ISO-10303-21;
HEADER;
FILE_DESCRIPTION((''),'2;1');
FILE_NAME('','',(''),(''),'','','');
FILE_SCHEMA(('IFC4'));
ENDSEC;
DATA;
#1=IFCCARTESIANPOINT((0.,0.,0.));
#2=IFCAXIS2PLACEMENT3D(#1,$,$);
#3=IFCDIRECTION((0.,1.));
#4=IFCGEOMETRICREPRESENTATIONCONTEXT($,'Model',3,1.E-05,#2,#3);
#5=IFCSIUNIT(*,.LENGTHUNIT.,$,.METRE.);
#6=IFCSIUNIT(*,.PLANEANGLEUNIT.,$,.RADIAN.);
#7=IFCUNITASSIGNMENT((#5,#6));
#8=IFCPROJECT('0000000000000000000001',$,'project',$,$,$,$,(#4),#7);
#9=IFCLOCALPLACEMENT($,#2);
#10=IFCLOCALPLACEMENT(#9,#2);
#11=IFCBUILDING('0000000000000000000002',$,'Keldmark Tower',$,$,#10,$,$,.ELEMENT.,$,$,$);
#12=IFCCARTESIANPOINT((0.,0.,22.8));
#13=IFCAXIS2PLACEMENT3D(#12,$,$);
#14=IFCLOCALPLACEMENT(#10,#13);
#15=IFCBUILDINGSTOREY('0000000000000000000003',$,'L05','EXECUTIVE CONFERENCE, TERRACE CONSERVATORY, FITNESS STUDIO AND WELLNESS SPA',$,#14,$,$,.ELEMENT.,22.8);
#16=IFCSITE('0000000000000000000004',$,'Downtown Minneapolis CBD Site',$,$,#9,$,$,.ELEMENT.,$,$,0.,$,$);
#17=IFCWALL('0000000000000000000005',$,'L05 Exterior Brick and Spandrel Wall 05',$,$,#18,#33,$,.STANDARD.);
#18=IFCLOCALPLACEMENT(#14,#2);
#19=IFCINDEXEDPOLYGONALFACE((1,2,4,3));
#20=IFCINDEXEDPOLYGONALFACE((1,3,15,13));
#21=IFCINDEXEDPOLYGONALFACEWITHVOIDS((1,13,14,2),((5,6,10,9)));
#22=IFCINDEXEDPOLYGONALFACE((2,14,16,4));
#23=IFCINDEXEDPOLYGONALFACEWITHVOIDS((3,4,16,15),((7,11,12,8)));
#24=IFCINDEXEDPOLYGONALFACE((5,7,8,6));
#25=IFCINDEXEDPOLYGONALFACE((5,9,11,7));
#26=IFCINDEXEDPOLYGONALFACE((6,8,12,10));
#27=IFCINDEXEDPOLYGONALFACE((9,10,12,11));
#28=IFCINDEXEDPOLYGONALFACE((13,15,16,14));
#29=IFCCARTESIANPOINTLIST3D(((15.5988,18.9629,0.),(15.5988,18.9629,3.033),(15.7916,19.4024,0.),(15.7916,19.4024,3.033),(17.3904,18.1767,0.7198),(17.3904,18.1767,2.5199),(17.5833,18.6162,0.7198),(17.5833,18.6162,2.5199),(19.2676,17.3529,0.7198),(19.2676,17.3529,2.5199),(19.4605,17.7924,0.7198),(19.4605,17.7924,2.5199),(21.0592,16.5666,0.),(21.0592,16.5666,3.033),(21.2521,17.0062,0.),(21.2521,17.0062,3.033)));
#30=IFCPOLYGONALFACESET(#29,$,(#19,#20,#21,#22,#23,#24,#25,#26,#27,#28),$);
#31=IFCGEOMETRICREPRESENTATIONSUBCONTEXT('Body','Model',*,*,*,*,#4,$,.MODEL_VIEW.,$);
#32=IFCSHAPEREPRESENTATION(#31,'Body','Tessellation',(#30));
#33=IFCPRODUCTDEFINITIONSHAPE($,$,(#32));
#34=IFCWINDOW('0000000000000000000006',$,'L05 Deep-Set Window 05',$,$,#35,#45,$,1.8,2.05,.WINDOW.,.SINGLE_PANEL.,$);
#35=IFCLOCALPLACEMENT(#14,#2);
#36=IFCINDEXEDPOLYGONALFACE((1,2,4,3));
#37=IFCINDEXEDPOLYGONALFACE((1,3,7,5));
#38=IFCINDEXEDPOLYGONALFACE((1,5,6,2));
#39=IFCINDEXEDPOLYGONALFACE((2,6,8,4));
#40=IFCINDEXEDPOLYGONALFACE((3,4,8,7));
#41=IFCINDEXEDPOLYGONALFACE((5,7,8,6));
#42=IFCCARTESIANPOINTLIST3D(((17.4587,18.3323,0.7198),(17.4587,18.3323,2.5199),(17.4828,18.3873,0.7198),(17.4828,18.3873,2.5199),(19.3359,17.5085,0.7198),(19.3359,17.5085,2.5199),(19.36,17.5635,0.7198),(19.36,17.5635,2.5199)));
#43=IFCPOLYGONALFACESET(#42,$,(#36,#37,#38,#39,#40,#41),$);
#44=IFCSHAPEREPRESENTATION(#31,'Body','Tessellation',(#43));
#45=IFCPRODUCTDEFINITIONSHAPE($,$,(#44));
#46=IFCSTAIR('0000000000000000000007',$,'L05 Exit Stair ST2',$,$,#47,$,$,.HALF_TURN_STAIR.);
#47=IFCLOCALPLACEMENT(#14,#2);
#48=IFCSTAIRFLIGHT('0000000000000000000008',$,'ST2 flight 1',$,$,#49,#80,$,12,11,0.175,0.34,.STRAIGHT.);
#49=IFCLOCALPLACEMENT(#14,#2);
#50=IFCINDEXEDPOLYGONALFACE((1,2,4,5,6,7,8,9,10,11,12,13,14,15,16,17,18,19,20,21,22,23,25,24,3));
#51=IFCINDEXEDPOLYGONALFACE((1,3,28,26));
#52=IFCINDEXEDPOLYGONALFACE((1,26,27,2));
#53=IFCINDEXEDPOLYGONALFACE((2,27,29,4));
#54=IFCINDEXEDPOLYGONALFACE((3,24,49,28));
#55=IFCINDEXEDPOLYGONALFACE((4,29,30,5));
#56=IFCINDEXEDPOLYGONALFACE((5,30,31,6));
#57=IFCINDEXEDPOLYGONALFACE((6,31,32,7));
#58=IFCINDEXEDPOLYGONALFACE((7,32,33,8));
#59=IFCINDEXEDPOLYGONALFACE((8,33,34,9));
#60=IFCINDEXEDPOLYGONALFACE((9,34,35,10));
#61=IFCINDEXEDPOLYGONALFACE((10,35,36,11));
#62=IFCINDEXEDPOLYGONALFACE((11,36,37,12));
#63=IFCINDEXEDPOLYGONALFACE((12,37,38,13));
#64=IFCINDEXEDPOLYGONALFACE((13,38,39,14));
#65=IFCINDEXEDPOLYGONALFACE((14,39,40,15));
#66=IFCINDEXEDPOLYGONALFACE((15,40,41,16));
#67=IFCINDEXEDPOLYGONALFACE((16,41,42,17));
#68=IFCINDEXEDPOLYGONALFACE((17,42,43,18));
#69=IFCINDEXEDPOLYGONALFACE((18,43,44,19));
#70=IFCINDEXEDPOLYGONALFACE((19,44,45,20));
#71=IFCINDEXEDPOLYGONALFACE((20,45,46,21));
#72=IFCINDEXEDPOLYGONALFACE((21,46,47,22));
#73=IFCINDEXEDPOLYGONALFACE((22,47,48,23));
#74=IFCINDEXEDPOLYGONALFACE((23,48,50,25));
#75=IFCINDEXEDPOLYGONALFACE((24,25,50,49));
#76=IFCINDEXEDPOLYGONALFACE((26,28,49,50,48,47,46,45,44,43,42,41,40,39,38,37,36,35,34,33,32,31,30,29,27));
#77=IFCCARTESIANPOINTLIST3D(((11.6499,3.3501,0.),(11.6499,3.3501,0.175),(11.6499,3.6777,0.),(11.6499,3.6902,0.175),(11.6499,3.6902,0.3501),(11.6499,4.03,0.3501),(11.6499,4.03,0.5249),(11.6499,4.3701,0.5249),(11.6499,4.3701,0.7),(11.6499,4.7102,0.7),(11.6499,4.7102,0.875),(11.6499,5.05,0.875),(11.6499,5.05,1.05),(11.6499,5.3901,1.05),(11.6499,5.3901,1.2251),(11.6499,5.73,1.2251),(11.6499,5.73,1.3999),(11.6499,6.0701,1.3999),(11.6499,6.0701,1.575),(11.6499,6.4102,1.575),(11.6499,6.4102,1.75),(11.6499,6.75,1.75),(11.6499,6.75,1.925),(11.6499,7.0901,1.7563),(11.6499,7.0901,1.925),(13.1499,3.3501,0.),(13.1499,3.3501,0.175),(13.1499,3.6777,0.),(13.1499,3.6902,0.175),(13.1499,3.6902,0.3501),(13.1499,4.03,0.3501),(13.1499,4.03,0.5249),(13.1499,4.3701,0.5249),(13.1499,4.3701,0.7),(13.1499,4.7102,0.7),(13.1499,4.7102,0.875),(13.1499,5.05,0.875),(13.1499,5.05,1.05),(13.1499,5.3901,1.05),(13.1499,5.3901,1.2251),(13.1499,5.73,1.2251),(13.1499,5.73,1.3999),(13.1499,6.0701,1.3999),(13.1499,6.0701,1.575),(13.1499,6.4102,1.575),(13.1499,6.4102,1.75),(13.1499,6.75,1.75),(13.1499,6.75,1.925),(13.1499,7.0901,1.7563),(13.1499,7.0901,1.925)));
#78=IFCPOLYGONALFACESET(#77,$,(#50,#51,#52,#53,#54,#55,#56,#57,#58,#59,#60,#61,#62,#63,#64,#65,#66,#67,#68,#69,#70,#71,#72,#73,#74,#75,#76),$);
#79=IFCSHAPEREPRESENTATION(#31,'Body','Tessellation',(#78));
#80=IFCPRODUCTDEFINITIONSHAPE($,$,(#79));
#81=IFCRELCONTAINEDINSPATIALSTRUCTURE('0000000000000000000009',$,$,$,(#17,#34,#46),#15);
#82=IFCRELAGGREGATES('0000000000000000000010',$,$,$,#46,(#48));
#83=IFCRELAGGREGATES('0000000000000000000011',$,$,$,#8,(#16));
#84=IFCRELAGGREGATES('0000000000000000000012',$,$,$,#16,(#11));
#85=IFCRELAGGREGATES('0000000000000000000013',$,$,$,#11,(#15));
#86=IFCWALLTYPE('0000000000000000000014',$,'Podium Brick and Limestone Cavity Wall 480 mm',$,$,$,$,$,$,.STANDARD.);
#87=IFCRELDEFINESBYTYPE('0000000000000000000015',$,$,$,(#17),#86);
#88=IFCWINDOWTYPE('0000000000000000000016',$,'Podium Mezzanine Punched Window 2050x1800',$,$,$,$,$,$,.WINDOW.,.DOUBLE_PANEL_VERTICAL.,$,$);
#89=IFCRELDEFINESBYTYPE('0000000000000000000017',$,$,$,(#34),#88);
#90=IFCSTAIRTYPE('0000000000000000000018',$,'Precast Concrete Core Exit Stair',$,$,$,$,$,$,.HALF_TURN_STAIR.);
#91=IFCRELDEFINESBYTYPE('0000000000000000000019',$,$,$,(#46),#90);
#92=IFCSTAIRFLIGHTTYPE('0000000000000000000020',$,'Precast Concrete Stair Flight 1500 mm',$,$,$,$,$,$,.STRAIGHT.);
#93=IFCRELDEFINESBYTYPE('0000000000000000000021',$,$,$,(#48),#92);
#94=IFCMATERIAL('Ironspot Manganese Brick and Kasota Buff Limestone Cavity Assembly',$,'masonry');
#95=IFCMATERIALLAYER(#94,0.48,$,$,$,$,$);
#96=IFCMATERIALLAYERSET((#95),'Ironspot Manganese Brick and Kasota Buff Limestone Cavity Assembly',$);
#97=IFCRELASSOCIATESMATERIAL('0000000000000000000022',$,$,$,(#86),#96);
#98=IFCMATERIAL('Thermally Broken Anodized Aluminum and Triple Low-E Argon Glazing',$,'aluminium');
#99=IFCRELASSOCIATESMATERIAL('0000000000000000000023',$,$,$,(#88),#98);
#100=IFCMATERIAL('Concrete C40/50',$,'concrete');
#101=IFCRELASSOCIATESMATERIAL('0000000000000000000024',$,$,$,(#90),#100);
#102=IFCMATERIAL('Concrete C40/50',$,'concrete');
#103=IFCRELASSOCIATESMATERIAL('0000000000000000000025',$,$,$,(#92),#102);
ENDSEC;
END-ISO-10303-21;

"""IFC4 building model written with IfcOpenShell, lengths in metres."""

from ifc_helpers import new_model, si_unit, direction, frame, frame_2d, origin, place, context, subcontext, project, spatial, polyline, rectangle, outline, extrude, material, layer, layer_set, type_object, element, fill, aggregate, save


model = new_model("IFC4")

# Units and contexts
model_context = context("Model", 3, precision=1e-05, world=origin(), true_north=direction((0.0, 1.0)))
body_context = subcontext(model_context, "Body", "Model", "MODEL_VIEW")
ifc_project = project(units=[si_unit("LENGTHUNIT", "METRE"), si_unit("PLANEANGLEUNIT", "RADIAN")], contexts=[model_context])

# Site, building, storey
site_placement = place(None, origin())
site = spatial("IfcSite", under=ifc_project, at=site_placement, Name="Downtown Minneapolis CBD Site", CompositionType="ELEMENT", RefElevation=0.0)
building_placement = place(site_placement, origin())
building = spatial("IfcBuilding", under=site, at=building_placement, Name="Keldmark Tower", CompositionType="ELEMENT")
storey_placement = place(building_placement, frame((0.0, 0.0, 22.8)))
storey = spatial("IfcBuildingStorey", under=building, at=storey_placement, Name="L05", Description="EXECUTIVE CONFERENCE, TERRACE CONSERVATORY, FITNESS STUDIO AND WELLNESS SPA", CompositionType="ELEMENT", Elevation=22.8)

# Wall, opening, window
ifc_material_1 = material(Name="Ironspot Manganese Brick and Kasota Buff Limestone Cavity Assembly", Category="masonry")
ifc_layer_1 = layer(ifc_material_1, 0.48)
ifc_layer_set_1 = layer_set([ifc_layer_1], Name="Ironspot Manganese Brick and Kasota Buff Limestone Cavity Assembly")
wall_type_1 = type_object("IfcWallType", Name="Podium Brick and Limestone Cavity Wall 480 mm", PredefinedType="STANDARD", material=ifc_layer_set_1)
wall_1_placement = place(storey_placement, frame((15.6953, 19.1826, 0.0), z_axis=(0.0, 0.0, 1.0), x_axis=(0.915708, -0.401845, 0.0)))
wall_1 = element("IfcWall", 1, at=wall_1_placement, inside=storey, type_object=wall_type_1, Name="L05 Exterior Brick and Spandrel Wall 05", PredefinedType="STANDARD", context=body_context, shape_type="SweptSolid", body=[
    extrude(rectangle(XDim=5.9631, YDim=0.48, at=frame_2d((2.9814, 0.0))), origin(), (0.0, 0.0, 1.0), 3.033),
])
opening_1_placement = place(wall_1_placement, frame((1.9565, 0.0, 0.72)))
opening_1 = element("IfcOpeningElement", 2, at=opening_1_placement, cuts=wall_1, PredefinedType="OPENING", context=body_context, shape_type="SweptSolid", body=[
    extrude(rectangle(XDim=2.05, YDim=1.8, at=frame_2d((1.0249, 0.8999))), frame((0.0, 0.25, 0.0), z_axis=(0.0, -1.0, 0.0), x_axis=(1.0, 0.0, 0.0)), (0.0, 0.0, 1.0), 0.5),
])
ifc_material_2 = material(Name="Thermally Broken Anodized Aluminum and Triple Low-E Argon Glazing", Category="aluminium")
window_type = type_object("IfcWindowType", Name="Podium Mezzanine Punched Window 2050x1800", PartitioningType="DOUBLE_PANEL_VERTICAL", PredefinedType="WINDOW", material=ifc_material_2)
window_placement = place(opening_1_placement, origin())
window = element("IfcWindow", 3, at=window_placement, inside=storey, type_object=window_type, Name="L05 Deep-Set Window 05", OverallHeight=1.8, OverallWidth=2.05, PartitioningType="SINGLE_PANEL", PredefinedType="WINDOW", context=body_context, shape_type="SweptSolid", body=[
    extrude(rectangle(XDim=2.05, YDim=1.8, at=frame_2d((1.0249, 0.8999))), frame((0.0, -0.01, 0.0), z_axis=(0.0, -1.0, 0.0), x_axis=(1.0, 0.0, 0.0)), (0.0, 0.0, 1.0), 0.0601),
])
fill(opening_1, window)

# Stair, stair flight
ifc_material_3 = material(Name="Concrete C40/50", Category="concrete")
stair_type = type_object("IfcStairType", Name="Precast Concrete Core Exit Stair", PredefinedType="HALF_TURN_STAIR", material=ifc_material_3)
stair_placement = place(storey_placement, origin())
stair = element("IfcStair", 4, at=stair_placement, inside=storey, type_object=stair_type, Name="L05 Exit Stair ST2", PredefinedType="HALF_TURN_STAIR")
ifc_material_4 = material(Name="Concrete C40/50", Category="concrete")
stair_flight_type = type_object("IfcStairFlightType", Name="Precast Concrete Stair Flight 1500 mm", PredefinedType="STRAIGHT", material=ifc_material_4)
stair_flight_placement = place(storey_placement, frame((12.3999, 3.3501, 0.0), z_axis=(0.0, 0.0, 1.0), x_axis=(0.0, 1.0, 0.0)))
stair_flight = element("IfcStairFlight", 5, at=stair_flight_placement, type_object=stair_flight_type, Name="ST2 flight 1", NumberOfRisers=12, NumberOfTreads=11, PredefinedType="STRAIGHT", RiserHeight=0.175, TreadLength=0.34, context=body_context, shape_type="SweptSolid", body=[
    extrude(outline(polyline([(0.0, 0.0), (0.0, 0.175), (0.3401, 0.175), (0.3401, 0.3501), (0.6799, 0.3501), (0.6799, 0.5249), (1.02, 0.5249), (1.02, 0.7), (1.3601, 0.7), (1.3601, 0.875), (1.7, 0.875), (1.7, 1.05), (2.04, 1.05), (2.04, 1.2251), (2.3799, 1.2251), (2.3799, 1.3999), (2.72, 1.3999), (2.72, 1.575), (3.0601, 1.575), (3.0601, 1.75), (3.3999, 1.75), (3.3999, 1.925), (3.74, 1.925), (3.74, 2.1001), (3.74, 1.7563), (0.3276, 0.0), (0.0, 0.0)])), frame((0.0, 0.75, 0.0), z_axis=(0.0, -1.0, 0.0), x_axis=(1.0, 0.0, 0.0)), (0.0, 0.0, 1.0), 1.5),
])
aggregate(stair, [stair_flight])

save(model, "model.ifc")
